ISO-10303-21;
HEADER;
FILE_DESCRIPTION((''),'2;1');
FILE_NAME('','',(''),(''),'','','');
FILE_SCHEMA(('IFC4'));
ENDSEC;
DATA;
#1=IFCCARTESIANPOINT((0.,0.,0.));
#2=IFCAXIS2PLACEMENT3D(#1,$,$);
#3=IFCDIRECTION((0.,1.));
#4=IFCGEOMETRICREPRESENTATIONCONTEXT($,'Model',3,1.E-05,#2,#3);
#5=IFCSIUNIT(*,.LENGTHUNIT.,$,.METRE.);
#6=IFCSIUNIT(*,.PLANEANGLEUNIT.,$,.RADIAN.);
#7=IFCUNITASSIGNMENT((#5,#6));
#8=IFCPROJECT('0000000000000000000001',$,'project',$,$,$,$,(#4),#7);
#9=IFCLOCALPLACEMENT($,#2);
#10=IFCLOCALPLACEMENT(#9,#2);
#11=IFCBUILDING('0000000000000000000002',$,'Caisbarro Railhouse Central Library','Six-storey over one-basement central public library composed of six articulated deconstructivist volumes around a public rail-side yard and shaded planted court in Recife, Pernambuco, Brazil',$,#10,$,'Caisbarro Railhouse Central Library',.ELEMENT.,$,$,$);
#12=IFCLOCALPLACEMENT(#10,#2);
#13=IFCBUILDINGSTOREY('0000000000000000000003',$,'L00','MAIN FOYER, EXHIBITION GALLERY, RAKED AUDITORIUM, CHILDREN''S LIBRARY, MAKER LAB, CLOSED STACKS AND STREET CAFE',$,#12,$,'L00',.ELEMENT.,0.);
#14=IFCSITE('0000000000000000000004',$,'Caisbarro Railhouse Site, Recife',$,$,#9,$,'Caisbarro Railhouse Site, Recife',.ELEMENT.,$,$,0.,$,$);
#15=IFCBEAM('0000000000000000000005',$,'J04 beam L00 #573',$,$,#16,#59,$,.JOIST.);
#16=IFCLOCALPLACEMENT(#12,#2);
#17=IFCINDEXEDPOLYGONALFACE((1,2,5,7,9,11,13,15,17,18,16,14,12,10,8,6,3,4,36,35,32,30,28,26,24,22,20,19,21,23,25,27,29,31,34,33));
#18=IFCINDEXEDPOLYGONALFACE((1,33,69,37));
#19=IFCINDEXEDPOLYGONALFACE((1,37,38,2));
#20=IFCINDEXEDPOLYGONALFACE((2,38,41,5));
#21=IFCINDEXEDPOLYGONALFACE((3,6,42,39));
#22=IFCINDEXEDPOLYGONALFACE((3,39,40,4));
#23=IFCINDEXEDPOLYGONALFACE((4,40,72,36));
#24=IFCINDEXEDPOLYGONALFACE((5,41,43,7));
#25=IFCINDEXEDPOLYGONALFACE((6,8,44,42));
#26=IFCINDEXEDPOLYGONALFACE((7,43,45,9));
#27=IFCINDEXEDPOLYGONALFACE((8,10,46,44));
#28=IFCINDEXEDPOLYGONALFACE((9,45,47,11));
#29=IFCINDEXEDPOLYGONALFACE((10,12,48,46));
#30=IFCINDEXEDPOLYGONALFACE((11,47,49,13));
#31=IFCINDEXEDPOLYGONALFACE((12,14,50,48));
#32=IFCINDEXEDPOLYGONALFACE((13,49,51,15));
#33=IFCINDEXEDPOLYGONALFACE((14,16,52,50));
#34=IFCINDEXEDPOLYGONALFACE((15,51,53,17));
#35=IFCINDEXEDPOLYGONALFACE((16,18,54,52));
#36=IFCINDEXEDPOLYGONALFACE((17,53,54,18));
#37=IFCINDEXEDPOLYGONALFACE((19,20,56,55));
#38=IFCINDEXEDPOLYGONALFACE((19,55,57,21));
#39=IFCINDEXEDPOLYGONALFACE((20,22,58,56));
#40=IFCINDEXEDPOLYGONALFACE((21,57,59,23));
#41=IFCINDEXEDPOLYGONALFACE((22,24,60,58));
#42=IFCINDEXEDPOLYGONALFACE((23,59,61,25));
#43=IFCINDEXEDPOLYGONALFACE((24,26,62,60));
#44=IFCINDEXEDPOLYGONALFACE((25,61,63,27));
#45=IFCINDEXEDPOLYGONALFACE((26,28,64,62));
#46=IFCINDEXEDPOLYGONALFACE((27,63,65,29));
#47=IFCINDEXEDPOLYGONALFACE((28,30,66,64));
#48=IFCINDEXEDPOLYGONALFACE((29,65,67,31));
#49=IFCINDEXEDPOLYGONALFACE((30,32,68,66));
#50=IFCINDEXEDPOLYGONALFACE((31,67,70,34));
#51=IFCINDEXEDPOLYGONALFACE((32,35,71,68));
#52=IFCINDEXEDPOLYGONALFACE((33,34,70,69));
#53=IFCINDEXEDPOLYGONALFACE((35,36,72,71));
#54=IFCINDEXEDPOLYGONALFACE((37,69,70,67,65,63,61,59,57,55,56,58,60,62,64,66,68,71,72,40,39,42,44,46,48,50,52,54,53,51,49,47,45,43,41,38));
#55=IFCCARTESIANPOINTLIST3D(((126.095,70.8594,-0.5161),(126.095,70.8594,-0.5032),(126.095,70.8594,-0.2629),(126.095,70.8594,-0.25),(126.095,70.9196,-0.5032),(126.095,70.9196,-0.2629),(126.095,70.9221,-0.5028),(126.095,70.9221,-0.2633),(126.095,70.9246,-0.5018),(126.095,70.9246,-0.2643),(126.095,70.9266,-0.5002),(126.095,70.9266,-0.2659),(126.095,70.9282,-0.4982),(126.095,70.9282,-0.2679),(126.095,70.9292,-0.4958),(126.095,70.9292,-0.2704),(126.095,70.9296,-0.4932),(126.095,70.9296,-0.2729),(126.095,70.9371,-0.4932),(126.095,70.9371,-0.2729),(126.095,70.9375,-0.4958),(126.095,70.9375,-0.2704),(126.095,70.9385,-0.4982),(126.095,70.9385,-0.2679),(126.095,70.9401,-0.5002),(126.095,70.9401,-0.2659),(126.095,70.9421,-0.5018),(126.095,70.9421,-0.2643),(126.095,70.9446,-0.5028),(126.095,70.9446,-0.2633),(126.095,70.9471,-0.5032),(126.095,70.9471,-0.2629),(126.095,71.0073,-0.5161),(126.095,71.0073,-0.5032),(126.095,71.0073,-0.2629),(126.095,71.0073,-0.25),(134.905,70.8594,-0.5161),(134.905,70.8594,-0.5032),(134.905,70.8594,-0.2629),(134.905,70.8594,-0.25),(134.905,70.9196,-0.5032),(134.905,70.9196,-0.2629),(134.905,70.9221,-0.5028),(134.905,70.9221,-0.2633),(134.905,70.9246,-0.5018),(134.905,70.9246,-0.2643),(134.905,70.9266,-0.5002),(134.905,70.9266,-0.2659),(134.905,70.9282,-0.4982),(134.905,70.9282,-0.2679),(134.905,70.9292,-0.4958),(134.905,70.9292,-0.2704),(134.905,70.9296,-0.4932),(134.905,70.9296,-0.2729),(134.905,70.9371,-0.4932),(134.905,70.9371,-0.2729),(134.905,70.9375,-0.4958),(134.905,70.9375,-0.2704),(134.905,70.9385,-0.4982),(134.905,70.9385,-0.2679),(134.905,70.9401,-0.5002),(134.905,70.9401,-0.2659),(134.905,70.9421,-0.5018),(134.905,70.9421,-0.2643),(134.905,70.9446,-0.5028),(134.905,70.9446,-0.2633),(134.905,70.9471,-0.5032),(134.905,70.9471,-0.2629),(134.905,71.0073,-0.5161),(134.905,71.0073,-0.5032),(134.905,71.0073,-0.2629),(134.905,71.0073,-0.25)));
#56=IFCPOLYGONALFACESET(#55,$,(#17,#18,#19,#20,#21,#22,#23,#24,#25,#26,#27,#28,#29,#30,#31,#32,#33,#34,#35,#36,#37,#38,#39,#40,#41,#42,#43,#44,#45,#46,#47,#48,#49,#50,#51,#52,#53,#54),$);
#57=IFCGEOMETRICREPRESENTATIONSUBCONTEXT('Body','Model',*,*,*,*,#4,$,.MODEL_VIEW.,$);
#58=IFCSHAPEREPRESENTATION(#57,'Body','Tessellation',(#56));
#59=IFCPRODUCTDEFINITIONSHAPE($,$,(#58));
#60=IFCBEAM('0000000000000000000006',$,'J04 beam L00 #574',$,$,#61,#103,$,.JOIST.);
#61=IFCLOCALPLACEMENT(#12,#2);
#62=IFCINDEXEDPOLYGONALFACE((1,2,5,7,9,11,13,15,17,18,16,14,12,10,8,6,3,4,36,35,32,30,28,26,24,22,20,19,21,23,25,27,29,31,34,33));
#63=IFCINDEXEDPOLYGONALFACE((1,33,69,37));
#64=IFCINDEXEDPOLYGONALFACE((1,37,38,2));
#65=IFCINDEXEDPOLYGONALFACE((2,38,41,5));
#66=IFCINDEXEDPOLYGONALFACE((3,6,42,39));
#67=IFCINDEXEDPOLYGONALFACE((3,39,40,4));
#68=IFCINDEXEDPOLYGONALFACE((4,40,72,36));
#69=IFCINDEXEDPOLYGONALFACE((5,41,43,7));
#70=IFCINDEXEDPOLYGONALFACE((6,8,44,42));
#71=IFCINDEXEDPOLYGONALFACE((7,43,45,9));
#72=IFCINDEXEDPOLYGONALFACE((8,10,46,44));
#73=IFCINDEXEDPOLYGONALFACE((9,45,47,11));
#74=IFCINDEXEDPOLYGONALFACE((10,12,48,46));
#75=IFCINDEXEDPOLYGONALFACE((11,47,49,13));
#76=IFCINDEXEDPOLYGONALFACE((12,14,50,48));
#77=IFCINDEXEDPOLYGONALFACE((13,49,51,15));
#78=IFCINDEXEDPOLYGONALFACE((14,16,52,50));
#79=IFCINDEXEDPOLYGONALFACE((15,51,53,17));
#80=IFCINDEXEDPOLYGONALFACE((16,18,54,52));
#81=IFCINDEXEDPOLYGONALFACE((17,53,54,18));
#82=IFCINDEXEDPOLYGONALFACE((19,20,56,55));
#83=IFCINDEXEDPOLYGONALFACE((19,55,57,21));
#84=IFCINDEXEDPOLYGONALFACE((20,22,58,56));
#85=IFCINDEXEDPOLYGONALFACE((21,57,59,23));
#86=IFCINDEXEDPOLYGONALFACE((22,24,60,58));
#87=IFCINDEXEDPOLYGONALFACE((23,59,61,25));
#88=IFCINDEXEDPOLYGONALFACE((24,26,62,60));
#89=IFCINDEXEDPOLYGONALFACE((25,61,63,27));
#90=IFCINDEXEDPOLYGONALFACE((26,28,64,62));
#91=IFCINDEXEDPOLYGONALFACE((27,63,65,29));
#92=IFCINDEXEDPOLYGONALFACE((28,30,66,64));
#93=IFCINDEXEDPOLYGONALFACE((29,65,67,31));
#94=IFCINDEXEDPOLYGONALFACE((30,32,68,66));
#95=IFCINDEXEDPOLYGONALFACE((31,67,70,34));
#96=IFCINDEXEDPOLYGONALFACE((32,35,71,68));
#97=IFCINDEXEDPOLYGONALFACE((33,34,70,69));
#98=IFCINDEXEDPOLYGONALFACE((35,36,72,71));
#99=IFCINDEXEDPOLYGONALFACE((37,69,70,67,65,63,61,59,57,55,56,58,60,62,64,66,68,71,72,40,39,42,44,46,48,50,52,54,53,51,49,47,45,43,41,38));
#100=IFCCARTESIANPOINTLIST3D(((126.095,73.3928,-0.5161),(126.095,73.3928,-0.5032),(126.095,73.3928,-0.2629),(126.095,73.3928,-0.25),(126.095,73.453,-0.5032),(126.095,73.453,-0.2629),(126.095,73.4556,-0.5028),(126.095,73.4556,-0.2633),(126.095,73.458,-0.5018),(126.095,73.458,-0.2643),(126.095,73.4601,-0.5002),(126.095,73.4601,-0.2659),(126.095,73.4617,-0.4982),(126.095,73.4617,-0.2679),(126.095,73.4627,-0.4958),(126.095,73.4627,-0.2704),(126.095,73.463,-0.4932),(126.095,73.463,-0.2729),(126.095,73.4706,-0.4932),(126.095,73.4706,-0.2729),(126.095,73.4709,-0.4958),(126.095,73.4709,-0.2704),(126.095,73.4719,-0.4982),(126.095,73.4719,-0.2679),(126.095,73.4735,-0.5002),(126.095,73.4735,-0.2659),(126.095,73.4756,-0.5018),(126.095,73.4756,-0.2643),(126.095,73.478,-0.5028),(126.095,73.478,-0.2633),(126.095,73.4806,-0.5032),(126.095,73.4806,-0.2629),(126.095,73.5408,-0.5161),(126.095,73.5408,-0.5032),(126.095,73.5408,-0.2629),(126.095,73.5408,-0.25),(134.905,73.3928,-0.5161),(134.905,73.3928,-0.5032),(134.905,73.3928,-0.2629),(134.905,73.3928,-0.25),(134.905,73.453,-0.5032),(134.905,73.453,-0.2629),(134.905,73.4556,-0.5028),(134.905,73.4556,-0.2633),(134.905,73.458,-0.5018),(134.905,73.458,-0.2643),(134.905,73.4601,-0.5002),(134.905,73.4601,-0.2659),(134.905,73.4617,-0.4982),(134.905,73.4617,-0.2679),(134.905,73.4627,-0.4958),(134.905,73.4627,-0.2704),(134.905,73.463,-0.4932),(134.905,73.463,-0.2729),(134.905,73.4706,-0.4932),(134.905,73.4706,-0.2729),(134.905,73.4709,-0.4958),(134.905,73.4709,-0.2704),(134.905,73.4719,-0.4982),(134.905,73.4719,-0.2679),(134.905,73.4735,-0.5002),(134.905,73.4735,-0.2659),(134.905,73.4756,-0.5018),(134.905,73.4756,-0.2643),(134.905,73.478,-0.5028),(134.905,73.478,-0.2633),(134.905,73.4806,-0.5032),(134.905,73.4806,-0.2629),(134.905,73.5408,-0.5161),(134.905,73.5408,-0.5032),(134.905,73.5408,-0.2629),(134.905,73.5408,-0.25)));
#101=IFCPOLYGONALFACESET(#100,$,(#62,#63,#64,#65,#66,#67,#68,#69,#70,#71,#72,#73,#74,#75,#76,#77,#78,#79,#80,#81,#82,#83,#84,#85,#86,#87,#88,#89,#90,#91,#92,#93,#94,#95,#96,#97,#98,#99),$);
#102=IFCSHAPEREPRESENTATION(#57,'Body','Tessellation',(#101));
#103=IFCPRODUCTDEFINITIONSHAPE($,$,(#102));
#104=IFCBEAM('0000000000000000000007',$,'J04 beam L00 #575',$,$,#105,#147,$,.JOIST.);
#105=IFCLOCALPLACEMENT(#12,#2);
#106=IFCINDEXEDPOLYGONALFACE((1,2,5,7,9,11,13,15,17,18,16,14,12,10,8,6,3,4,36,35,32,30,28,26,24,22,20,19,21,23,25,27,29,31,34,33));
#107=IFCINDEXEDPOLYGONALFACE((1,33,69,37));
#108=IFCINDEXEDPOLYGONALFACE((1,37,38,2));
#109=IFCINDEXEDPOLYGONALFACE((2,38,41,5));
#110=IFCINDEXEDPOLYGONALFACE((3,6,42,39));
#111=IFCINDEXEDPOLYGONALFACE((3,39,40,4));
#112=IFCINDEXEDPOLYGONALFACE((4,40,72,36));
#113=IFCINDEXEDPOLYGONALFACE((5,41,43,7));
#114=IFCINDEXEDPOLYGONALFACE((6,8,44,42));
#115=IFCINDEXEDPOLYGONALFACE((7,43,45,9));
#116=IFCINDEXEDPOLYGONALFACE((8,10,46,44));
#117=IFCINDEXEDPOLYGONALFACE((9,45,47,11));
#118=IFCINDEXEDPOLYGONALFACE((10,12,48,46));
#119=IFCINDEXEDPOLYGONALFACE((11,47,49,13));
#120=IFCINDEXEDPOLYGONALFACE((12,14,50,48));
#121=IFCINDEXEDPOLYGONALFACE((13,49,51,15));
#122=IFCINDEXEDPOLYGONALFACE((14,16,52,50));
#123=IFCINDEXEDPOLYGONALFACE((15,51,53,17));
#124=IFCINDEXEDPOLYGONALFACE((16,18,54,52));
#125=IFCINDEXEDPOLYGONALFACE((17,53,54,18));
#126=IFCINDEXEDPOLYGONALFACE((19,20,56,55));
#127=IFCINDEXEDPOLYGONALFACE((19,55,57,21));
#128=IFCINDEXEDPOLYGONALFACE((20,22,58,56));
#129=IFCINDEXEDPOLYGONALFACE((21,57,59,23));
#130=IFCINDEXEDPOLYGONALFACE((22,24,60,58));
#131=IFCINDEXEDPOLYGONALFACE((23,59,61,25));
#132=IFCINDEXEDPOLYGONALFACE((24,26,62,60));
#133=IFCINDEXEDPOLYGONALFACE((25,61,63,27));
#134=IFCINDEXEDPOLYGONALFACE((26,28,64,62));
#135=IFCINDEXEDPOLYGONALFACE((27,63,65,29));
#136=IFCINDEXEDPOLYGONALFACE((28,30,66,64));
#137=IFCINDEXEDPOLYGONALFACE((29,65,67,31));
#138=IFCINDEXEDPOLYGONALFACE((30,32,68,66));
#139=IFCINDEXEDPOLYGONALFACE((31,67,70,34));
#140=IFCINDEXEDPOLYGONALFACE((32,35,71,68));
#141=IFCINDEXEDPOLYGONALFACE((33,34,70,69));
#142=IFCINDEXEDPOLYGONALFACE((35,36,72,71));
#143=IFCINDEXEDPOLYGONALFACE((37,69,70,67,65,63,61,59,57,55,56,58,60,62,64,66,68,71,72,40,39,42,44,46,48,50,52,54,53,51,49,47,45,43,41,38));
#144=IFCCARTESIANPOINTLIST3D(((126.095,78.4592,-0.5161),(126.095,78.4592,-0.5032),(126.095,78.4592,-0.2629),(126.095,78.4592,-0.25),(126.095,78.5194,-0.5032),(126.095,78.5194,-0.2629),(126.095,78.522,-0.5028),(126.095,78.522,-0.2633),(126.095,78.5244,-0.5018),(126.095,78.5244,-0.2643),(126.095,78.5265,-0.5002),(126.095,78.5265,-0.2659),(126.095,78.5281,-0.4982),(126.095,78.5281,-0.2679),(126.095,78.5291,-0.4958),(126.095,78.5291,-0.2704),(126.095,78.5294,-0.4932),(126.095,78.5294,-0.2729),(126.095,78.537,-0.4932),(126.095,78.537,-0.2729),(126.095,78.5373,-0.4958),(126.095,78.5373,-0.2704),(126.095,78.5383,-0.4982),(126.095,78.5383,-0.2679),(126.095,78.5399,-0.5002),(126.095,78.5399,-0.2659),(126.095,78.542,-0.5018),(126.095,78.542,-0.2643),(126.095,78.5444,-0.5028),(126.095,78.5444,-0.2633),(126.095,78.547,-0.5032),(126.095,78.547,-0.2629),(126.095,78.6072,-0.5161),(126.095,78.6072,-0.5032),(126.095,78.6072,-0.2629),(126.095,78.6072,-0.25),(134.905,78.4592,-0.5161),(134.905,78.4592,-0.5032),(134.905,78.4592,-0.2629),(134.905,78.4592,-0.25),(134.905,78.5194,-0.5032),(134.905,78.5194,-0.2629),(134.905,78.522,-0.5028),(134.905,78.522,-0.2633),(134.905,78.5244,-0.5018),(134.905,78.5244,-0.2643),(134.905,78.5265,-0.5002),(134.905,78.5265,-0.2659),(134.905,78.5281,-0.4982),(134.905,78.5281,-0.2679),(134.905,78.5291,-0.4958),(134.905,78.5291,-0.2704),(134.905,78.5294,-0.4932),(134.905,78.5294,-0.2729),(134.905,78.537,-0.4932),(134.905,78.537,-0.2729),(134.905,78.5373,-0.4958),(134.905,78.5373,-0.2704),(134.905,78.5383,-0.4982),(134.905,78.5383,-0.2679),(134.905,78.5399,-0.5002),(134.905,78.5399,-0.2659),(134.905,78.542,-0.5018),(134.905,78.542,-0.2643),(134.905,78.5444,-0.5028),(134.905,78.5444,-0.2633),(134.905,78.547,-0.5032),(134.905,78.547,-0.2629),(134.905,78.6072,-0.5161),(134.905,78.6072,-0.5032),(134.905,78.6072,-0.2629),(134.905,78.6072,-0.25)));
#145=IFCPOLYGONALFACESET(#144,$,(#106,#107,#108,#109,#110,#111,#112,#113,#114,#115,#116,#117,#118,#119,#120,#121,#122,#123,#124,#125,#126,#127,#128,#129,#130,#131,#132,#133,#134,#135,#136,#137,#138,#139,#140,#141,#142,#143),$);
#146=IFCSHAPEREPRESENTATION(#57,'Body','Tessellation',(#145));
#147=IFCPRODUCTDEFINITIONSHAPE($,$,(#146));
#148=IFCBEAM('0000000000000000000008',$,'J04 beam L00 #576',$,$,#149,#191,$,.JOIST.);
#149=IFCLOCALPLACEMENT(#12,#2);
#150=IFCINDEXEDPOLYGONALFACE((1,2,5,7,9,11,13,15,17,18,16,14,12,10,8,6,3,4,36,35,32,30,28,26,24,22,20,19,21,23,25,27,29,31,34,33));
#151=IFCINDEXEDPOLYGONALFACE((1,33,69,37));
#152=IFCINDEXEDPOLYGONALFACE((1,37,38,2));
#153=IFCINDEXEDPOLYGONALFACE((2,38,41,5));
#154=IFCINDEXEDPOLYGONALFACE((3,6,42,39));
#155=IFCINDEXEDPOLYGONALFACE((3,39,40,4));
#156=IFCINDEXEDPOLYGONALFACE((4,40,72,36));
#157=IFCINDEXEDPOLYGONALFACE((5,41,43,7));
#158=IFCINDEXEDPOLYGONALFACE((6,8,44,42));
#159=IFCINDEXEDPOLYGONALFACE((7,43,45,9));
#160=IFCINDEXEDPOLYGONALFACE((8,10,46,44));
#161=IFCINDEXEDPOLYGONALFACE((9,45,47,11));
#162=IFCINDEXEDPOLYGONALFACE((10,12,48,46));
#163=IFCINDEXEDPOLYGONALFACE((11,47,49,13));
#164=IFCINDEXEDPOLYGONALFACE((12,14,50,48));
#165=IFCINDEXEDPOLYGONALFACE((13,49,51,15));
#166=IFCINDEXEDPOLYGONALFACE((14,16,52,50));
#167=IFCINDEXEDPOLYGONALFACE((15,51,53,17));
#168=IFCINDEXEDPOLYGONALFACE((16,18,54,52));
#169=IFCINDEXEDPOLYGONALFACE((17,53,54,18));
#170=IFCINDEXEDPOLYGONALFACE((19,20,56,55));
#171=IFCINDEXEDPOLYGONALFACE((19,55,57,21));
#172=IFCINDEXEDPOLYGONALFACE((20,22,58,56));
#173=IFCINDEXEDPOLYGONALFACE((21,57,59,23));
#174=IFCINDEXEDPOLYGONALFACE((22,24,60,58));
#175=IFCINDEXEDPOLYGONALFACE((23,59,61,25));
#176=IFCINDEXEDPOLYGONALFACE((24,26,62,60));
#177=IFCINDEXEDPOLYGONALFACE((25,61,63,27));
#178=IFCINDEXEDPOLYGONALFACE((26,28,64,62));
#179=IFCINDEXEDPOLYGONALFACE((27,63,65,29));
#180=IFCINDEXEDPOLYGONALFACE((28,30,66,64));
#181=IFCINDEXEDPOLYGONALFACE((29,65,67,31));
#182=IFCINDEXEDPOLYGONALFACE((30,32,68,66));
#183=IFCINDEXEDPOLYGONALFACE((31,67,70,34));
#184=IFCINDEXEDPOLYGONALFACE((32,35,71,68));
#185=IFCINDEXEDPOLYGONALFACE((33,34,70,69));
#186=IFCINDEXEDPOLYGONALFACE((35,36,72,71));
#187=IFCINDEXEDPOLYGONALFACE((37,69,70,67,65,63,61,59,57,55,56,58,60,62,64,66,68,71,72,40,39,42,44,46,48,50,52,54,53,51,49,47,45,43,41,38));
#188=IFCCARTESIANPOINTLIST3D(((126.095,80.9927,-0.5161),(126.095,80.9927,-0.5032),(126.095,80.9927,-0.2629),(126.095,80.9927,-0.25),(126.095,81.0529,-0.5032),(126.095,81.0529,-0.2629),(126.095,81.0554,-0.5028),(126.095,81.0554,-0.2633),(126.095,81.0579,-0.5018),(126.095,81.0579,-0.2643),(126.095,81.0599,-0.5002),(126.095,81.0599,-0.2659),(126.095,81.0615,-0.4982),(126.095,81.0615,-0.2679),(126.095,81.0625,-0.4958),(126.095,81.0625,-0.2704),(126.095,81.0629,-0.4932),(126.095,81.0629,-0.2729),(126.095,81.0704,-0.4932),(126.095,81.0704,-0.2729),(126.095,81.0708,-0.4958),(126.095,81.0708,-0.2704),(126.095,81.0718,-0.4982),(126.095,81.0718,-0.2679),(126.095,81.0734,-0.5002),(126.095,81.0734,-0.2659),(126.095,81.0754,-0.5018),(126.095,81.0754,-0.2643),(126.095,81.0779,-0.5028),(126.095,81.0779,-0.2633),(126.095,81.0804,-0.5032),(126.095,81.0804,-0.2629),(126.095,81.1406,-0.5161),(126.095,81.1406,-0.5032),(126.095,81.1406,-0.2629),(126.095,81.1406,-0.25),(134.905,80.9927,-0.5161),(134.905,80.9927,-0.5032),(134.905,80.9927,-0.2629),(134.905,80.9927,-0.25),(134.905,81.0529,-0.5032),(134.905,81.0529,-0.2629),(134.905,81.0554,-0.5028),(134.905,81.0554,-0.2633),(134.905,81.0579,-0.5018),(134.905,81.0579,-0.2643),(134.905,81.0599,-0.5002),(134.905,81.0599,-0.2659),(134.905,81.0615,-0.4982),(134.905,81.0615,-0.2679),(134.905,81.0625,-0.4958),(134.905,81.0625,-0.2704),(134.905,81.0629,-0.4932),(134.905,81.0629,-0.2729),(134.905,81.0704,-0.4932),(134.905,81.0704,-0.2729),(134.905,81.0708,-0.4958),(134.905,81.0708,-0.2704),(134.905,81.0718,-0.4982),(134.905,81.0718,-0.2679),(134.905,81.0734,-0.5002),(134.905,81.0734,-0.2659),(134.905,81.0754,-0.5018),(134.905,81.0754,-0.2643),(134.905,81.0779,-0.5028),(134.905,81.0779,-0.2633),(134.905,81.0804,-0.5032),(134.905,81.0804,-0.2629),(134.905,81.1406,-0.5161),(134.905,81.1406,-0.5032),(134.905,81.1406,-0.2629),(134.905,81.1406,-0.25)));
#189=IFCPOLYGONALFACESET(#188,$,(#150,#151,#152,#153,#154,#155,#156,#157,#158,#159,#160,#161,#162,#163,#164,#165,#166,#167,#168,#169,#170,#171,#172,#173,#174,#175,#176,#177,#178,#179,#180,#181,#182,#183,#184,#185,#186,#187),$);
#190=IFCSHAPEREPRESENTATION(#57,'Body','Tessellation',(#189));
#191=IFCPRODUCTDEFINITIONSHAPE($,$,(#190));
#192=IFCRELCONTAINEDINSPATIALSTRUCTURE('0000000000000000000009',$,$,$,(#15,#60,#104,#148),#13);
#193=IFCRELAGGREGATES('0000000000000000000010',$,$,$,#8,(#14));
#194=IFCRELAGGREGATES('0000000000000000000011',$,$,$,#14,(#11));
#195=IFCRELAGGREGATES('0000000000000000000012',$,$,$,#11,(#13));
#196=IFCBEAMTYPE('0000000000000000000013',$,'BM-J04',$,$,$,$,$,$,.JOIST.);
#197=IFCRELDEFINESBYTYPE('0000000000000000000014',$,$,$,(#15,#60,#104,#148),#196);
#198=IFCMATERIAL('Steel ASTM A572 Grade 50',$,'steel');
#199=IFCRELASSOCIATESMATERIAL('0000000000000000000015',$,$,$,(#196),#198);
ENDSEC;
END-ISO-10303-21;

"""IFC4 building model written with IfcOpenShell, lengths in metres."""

from ifc_helpers import new_model, si_unit, direction, frame, origin, origin_2d, place, context, subcontext, project, spatial, i_section, extrude, material, material_profile, profile_set, type_object, element, save


model = new_model("IFC4")

# Units and contexts
model_context = context("Model", 3, precision=1e-05, world=origin(), true_north=direction((0.0, 1.0)))
body_context = subcontext(model_context, "Body", "Model", "MODEL_VIEW")
ifc_project = project(units=[si_unit("LENGTHUNIT", "METRE"), si_unit("PLANEANGLEUNIT", "RADIAN")], contexts=[model_context])

# Site, building, storey
site_placement = place(None, origin())
site = spatial("IfcSite", under=ifc_project, at=site_placement, Name="Caisbarro Railhouse Site, Recife", LongName="Caisbarro Railhouse Site, Recife", CompositionType="ELEMENT", RefElevation=0.0)
building_placement = place(site_placement, origin())
building = spatial("IfcBuilding", under=site, at=building_placement, Name="Caisbarro Railhouse Central Library", Description="Six-storey over one-basement central public library composed of six articulated deconstructivist volumes around a public rail-side yard and shaded planted court in Recife, Pernambuco, Brazil", LongName="Caisbarro Railhouse Central Library", CompositionType="ELEMENT")
storey_placement = place(building_placement, origin())
storey = spatial("IfcBuildingStorey", under=building, at=storey_placement, Name="L00", Description="MAIN FOYER, EXHIBITION GALLERY, RAKED AUDITORIUM, CHILDREN'S LIBRARY, MAKER LAB, CLOSED STACKS AND STREET CAFE", LongName="L00", CompositionType="ELEMENT", Elevation=0.0)

# Shared definitions
ifc_material_1 = material(Name="Steel ASTM A572 Grade 50", Category="steel")

# Beams
ifc_material_profile_1 = material_profile(ifc_material_1, i_section(OverallWidth=0.1479, OverallDepth=0.2661, WebThickness=0.0076, FlangeThickness=0.0129, FilletRadius=0.01, at=origin_2d()), Name="W250X44.8")
ifc_profile_set_1 = profile_set([ifc_material_profile_1], Name="Steel ASTM A572 Grade 50")
beam_type_1 = type_object("IfcBeamType", Name="BM-J04", PredefinedType="JOIST", material=ifc_profile_set_1)
for number, where, z_axis, x_axis, name in (
    (1, (126.095, 70.9333, -0.3831), (1.0, 0.0, 0.0), (0.0, 1.0, 0.0), "J04 beam L00 #573"),
    (2, (126.095, 73.4668, -0.3831), (1.0, 0.0, 0.0), (0.0, 1.0, 0.0), "J04 beam L00 #574"),
    (3, (126.095, 78.5332, -0.3831), (1.0, 0.0, 0.0), (0.0, 1.0, 0.0), "J04 beam L00 #575"),
    (4, (126.095, 81.0667, -0.3831), (1.0, 0.0, 0.0), (0.0, 1.0, 0.0), "J04 beam L00 #576"),
):
    element("IfcBeam", number, at=place(storey_placement, frame(where, z_axis=z_axis, x_axis=x_axis)), inside=storey, type_object=beam_type_1, Name=name, PredefinedType="JOIST", context=body_context, shape_type="SweptSolid", body=[
        extrude(i_section(OverallWidth=0.1479, OverallDepth=0.2661, WebThickness=0.0076, FlangeThickness=0.0129, FilletRadius=0.01, at=origin_2d()), origin(), (0.0, 0.0, 1.0), 8.8101),
    ])

save(model, "model.ifc")
